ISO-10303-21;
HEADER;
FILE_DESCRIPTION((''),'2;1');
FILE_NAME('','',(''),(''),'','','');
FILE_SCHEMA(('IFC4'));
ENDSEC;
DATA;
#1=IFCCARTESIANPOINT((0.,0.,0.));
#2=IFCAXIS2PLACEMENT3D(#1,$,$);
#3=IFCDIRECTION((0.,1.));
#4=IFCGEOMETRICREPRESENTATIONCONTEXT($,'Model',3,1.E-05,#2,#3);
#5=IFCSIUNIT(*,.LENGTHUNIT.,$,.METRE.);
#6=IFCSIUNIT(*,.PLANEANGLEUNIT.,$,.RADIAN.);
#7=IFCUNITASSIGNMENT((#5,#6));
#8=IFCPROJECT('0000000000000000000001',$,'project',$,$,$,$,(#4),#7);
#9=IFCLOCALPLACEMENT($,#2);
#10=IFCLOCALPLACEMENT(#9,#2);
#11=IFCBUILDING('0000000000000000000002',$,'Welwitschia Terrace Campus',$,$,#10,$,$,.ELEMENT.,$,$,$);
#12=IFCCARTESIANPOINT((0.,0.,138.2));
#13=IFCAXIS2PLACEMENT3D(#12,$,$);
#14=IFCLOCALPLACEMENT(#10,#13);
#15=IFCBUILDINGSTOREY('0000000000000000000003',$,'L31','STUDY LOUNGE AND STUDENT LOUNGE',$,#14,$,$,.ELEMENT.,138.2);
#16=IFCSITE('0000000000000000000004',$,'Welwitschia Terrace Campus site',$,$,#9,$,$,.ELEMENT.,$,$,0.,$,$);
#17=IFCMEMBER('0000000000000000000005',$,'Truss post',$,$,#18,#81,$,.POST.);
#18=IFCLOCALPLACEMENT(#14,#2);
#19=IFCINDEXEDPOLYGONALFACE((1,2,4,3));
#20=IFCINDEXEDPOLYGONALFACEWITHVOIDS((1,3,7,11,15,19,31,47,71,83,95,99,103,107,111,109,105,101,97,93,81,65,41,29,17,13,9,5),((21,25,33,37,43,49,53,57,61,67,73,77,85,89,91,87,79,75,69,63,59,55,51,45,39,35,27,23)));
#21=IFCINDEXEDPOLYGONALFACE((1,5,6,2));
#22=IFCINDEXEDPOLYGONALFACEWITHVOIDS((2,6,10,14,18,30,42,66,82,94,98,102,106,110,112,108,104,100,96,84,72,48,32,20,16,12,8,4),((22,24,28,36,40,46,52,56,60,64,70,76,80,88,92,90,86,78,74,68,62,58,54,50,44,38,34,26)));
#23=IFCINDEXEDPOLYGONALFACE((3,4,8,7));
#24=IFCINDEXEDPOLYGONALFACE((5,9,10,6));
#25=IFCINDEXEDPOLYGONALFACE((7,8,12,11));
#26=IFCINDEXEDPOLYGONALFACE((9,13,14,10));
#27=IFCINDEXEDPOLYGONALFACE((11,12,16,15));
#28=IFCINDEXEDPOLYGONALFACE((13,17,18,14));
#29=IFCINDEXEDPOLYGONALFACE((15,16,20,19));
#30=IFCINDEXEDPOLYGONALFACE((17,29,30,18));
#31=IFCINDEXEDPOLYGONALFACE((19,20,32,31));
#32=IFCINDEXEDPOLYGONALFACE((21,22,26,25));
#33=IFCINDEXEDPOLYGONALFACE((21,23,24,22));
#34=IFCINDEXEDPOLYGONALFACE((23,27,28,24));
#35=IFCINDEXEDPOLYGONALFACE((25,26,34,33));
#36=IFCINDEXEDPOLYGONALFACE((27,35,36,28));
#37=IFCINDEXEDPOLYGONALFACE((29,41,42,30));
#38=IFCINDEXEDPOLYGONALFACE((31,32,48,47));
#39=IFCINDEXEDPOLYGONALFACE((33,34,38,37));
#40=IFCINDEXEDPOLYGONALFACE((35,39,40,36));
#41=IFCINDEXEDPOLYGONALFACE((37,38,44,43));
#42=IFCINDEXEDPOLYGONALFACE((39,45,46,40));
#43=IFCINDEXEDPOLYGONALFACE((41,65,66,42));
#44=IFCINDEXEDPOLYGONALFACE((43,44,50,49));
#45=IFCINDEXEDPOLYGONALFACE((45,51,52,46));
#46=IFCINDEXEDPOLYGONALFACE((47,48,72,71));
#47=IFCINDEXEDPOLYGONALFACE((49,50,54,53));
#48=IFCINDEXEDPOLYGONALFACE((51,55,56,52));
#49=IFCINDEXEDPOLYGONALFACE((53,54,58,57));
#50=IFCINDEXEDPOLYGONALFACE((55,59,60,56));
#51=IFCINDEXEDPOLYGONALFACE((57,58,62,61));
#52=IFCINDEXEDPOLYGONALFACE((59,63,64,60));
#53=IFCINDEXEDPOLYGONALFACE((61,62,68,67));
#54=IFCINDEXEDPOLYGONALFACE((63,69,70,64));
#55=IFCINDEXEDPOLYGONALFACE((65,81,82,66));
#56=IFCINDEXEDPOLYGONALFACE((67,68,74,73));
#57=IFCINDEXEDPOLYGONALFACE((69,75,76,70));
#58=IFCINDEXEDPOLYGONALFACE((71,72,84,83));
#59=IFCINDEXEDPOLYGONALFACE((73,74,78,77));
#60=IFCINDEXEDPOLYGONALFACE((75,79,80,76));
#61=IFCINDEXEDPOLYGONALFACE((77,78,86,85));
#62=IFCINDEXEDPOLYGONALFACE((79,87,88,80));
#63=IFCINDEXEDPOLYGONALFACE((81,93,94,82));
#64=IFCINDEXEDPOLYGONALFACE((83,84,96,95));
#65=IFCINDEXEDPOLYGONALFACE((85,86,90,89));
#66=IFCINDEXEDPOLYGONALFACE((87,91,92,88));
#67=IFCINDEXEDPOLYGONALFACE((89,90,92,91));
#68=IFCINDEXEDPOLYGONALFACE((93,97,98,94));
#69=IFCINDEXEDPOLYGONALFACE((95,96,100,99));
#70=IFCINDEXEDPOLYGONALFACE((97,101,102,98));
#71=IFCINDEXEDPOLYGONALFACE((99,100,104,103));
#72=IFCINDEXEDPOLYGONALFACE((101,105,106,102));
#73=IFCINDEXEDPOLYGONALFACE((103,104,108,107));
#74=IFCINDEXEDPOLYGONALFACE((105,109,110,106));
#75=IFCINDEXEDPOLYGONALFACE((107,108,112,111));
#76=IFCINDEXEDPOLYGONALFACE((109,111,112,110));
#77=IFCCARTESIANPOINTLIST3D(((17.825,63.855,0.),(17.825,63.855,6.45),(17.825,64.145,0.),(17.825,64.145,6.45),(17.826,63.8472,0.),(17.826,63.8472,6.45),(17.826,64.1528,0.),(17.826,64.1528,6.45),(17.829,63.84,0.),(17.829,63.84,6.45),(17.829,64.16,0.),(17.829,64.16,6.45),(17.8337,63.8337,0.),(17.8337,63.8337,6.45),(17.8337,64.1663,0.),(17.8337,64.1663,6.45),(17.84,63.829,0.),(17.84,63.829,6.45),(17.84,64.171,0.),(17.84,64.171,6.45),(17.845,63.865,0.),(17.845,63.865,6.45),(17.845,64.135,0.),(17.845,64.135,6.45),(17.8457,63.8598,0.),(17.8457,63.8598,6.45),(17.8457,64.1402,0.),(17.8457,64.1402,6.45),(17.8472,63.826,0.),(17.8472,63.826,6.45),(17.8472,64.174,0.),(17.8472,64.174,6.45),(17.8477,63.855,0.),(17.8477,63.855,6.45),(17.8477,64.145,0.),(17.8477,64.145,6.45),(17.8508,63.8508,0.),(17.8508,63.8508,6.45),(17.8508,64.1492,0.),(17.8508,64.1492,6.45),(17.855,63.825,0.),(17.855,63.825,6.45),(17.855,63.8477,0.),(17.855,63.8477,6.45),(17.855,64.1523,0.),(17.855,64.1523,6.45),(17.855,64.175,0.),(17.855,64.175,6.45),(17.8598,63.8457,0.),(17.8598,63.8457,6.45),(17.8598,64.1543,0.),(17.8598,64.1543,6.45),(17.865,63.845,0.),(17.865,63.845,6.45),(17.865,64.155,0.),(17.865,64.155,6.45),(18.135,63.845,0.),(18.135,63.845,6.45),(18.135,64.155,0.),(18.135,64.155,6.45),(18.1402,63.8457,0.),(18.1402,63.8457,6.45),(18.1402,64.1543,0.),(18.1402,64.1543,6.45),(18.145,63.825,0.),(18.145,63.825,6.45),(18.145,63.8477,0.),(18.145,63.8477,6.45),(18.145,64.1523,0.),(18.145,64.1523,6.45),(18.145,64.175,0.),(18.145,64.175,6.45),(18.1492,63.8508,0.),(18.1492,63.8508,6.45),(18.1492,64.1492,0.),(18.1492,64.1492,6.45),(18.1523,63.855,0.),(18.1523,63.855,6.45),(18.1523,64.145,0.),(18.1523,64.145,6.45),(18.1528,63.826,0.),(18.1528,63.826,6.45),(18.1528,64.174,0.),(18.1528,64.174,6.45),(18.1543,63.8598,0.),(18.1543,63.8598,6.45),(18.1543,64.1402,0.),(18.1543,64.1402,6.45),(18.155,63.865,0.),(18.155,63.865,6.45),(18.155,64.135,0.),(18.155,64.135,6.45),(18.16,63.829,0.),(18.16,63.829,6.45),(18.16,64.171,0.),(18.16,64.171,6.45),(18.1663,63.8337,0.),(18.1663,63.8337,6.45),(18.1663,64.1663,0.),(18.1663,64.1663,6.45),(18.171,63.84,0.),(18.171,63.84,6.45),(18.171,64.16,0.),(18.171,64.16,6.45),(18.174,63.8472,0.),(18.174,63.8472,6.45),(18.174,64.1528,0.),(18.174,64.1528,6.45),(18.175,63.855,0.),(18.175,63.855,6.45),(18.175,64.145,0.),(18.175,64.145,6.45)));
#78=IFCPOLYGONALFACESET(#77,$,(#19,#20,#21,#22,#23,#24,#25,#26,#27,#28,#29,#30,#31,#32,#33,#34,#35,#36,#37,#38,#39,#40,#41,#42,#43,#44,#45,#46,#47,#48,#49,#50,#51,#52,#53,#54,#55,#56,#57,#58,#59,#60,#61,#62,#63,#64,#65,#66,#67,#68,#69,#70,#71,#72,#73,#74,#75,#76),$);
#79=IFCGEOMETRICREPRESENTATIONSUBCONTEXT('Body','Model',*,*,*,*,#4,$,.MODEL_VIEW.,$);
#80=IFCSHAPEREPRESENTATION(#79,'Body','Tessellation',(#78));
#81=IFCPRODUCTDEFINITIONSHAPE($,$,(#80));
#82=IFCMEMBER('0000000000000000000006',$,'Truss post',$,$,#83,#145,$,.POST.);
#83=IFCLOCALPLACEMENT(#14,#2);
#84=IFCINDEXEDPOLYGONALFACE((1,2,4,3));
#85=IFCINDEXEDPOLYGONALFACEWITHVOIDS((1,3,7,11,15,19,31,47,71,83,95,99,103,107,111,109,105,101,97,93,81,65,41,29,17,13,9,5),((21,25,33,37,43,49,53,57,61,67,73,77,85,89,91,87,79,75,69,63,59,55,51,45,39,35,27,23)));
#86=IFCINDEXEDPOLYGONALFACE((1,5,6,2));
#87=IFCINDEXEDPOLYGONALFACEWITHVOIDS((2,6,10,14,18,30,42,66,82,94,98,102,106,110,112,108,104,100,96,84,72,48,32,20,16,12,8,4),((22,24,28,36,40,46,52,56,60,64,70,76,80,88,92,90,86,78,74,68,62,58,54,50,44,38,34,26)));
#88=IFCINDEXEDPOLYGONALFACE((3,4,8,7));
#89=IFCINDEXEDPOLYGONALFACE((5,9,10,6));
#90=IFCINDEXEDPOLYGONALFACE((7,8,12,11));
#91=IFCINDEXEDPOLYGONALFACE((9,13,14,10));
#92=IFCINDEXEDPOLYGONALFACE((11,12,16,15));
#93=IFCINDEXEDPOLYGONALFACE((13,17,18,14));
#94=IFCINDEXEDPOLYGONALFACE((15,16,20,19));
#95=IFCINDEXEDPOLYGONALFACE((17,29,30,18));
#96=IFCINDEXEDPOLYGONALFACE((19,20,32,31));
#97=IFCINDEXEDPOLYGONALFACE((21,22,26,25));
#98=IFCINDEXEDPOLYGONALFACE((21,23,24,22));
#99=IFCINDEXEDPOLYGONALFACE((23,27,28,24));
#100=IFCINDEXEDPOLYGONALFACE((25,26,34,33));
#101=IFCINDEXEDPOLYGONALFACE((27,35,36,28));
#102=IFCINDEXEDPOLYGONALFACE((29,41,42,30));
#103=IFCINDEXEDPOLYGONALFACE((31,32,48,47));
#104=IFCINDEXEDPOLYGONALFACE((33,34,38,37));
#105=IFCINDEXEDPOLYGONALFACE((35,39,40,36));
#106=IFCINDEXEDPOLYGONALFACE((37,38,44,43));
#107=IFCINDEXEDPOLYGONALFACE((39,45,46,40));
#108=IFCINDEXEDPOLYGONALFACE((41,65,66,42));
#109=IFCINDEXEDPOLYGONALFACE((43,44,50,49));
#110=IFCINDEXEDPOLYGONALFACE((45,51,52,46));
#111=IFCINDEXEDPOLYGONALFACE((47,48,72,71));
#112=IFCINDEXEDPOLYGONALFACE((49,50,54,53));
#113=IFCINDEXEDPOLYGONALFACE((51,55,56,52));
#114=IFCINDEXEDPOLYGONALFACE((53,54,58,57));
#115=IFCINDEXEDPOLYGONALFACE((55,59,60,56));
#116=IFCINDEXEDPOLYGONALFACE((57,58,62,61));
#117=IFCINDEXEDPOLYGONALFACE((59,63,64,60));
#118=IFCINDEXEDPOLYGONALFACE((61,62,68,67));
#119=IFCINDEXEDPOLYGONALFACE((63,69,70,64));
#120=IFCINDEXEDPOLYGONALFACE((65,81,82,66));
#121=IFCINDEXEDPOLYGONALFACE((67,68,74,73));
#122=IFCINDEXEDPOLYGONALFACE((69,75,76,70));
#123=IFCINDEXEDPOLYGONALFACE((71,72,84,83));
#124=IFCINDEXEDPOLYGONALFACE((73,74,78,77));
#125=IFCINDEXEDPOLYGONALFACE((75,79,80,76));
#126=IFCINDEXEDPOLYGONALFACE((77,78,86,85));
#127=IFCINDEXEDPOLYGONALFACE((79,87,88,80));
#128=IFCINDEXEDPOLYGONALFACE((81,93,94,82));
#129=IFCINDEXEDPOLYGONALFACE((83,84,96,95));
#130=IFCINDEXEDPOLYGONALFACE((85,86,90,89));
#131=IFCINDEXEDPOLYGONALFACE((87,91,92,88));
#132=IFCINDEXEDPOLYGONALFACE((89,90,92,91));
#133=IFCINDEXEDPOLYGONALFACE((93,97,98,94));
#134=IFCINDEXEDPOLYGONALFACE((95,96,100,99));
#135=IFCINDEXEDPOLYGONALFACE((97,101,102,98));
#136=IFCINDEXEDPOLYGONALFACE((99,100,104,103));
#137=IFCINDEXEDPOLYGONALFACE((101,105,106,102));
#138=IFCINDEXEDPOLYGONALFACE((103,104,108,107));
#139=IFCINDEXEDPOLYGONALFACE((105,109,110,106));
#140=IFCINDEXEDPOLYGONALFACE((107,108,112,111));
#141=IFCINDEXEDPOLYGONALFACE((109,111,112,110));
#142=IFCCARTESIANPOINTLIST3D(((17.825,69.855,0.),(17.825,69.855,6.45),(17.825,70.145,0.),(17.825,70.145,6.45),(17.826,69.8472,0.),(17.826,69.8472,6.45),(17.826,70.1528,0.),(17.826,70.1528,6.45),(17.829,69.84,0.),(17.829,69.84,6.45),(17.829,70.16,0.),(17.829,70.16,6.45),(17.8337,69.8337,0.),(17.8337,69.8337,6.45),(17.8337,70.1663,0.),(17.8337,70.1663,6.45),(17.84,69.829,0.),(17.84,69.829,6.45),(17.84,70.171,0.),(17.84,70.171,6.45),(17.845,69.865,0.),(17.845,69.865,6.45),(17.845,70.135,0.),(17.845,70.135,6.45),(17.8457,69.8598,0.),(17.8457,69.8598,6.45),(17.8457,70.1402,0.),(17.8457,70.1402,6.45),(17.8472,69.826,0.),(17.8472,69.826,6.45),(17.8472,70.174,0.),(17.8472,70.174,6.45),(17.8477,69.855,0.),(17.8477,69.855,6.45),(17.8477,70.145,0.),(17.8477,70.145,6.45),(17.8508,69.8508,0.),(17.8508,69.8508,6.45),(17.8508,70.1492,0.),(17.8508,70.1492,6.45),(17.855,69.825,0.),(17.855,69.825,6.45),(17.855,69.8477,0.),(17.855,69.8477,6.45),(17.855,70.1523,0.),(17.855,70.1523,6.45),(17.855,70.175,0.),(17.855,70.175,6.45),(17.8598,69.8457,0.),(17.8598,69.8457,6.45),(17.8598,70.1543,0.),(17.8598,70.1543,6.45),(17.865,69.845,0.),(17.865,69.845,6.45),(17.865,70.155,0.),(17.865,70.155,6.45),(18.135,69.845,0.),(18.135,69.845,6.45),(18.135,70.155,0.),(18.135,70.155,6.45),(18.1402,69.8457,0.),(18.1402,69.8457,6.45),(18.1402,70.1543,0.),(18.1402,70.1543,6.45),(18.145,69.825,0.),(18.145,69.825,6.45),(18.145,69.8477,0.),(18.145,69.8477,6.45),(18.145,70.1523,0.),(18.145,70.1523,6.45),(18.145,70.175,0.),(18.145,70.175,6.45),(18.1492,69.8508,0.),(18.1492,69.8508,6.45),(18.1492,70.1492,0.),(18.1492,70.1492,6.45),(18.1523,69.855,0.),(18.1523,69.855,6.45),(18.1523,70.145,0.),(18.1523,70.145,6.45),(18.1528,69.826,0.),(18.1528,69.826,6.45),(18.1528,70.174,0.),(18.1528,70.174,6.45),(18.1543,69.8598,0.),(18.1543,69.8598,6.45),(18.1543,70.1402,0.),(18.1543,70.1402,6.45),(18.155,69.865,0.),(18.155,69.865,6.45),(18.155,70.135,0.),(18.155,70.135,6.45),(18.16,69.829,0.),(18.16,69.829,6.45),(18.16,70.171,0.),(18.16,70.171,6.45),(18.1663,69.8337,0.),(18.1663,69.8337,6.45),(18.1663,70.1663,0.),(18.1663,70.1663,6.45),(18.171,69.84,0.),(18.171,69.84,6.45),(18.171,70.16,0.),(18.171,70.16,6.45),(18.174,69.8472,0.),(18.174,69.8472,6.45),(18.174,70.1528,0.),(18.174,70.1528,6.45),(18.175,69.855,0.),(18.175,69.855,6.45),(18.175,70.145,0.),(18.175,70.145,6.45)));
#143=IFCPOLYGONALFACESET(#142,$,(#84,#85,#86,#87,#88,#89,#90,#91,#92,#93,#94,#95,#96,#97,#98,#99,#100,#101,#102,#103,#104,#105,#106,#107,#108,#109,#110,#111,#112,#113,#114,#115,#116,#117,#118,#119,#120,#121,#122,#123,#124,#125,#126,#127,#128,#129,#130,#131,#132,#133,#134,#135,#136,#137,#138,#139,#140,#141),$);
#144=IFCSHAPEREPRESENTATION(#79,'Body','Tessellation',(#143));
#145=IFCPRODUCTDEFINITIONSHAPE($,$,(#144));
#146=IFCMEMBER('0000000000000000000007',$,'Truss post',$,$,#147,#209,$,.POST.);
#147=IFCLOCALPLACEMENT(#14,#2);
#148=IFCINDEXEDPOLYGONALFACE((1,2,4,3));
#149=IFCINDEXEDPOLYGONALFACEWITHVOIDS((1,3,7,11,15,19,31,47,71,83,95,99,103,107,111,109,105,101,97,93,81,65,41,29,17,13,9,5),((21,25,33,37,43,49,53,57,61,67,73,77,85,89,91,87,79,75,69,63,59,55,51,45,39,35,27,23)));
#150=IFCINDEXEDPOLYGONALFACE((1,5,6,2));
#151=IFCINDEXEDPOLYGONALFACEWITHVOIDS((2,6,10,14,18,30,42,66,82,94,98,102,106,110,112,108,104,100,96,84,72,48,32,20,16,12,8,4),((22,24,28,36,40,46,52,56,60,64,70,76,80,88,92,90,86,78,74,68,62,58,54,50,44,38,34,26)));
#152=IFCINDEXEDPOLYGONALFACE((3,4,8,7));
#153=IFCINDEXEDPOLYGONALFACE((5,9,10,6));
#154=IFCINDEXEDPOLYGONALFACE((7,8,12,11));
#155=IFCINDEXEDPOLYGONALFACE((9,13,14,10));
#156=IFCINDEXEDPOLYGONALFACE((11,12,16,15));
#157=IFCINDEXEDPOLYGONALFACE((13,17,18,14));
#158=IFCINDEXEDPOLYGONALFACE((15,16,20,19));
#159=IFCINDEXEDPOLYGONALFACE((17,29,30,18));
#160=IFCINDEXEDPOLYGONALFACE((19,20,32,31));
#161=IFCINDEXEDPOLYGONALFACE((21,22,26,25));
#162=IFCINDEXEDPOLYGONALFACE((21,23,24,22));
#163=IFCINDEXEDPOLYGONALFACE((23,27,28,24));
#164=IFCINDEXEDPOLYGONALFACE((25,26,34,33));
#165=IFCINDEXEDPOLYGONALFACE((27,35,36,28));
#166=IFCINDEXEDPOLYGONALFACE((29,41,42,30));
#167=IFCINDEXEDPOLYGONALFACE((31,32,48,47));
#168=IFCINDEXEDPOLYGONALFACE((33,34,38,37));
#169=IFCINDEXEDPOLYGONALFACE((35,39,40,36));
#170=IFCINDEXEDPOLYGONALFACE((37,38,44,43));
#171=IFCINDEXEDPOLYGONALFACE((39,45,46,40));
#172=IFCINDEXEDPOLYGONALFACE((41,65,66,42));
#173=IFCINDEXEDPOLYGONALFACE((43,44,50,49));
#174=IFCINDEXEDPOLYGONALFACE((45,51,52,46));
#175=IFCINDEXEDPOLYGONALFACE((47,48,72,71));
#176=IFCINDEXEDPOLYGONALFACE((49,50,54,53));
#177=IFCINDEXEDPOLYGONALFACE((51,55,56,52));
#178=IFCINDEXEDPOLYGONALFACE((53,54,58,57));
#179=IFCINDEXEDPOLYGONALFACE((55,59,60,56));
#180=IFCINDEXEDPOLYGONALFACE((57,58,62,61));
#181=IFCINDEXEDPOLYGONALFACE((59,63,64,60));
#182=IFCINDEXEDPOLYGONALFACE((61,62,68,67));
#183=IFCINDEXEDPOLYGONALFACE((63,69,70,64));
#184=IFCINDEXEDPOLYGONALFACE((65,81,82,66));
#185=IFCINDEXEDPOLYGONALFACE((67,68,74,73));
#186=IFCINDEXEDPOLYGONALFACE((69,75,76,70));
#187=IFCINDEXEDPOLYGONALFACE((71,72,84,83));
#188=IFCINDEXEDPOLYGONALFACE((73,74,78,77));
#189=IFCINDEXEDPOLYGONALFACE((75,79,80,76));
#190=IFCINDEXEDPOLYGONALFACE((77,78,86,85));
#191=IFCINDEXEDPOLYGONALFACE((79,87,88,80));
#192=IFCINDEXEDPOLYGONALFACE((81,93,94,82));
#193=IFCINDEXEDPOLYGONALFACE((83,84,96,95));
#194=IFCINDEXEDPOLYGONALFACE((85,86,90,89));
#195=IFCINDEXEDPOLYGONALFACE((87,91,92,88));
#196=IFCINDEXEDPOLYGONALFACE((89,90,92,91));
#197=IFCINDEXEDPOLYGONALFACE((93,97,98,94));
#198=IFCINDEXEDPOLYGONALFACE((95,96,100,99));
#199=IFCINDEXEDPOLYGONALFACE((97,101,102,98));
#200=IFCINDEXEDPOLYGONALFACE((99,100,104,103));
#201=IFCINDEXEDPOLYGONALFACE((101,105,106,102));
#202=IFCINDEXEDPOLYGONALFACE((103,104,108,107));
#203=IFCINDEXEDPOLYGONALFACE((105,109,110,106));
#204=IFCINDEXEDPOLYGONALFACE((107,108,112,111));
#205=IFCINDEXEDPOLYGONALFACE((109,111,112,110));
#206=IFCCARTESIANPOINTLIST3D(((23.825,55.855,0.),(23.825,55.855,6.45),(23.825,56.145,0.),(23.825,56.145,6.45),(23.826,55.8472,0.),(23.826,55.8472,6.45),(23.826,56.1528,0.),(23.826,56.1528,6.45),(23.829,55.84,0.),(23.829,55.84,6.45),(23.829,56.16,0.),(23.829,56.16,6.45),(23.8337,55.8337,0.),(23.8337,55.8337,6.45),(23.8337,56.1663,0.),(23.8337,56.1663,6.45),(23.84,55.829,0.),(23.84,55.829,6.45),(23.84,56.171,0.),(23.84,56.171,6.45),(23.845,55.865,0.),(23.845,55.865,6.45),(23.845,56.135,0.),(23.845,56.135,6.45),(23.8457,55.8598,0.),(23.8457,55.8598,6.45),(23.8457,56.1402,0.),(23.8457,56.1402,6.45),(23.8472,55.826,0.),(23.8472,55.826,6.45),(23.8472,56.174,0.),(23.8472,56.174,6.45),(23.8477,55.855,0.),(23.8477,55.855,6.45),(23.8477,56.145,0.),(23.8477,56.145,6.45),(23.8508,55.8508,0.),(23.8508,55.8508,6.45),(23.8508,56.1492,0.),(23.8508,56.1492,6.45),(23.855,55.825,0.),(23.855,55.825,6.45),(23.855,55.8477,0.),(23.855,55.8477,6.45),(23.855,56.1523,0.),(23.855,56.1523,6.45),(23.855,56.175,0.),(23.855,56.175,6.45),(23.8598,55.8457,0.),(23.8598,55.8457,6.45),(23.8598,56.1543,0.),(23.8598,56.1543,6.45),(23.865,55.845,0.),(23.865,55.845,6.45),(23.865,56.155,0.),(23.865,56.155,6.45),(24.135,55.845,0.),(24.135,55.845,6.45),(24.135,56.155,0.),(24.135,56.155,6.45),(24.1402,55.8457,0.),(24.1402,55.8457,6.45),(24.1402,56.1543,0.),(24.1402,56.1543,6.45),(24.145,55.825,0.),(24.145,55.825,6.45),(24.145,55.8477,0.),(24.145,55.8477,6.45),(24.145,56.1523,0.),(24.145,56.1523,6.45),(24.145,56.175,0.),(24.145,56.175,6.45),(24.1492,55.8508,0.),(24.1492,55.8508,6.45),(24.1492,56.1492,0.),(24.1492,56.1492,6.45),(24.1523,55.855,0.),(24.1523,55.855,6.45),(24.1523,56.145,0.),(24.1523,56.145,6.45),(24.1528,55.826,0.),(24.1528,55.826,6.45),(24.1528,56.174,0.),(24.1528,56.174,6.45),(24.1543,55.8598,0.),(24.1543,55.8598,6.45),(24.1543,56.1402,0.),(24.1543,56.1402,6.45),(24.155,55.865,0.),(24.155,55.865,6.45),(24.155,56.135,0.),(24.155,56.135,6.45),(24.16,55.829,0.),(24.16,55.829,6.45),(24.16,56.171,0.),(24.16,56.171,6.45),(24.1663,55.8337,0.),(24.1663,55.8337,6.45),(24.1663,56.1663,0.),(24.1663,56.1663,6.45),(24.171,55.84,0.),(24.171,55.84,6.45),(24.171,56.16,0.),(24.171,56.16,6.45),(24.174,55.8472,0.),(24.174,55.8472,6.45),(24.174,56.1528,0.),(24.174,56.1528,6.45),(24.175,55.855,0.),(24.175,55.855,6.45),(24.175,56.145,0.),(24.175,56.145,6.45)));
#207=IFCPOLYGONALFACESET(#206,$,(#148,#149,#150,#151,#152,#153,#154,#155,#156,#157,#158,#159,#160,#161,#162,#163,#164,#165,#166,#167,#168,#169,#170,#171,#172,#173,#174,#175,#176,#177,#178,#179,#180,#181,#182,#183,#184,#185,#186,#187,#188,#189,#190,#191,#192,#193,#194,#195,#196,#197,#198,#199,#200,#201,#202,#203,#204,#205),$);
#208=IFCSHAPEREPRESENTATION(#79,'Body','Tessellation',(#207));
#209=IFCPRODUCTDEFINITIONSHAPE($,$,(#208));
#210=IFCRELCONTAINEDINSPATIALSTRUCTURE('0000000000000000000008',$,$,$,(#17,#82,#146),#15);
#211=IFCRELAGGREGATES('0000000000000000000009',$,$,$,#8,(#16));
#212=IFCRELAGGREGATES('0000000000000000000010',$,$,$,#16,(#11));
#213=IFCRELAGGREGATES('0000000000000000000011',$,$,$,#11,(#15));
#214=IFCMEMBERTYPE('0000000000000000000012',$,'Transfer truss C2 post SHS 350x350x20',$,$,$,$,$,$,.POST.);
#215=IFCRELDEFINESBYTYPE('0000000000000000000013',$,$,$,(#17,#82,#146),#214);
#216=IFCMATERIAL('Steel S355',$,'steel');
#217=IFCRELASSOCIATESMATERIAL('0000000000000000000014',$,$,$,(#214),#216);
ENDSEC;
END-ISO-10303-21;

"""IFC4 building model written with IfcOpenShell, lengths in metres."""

from ifc_helpers import new_model, si_unit, direction, frame, origin, origin_2d, place, context, subcontext, project, spatial, hollow_rectangle, extrude, material, material_profile, profile_set, type_object, element, save


model = new_model("IFC4")

# Units and contexts
model_context = context("Model", 3, precision=1e-05, world=origin(), true_north=direction((0.0, 1.0)))
body_context = subcontext(model_context, "Body", "Model", "MODEL_VIEW")
ifc_project = project(units=[si_unit("LENGTHUNIT", "METRE"), si_unit("PLANEANGLEUNIT", "RADIAN")], contexts=[model_context])

# Site, building, storey
site_placement = place(None, origin())
site = spatial("IfcSite", under=ifc_project, at=site_placement, Name="Welwitschia Terrace Campus site", CompositionType="ELEMENT", RefElevation=0.0)
building_placement = place(site_placement, origin())
building = spatial("IfcBuilding", under=site, at=building_placement, Name="Welwitschia Terrace Campus", CompositionType="ELEMENT")
storey_placement = place(building_placement, frame((0.0, 0.0, 138.2)))
storey = spatial("IfcBuildingStorey", under=building, at=storey_placement, Name="L31", Description="STUDY LOUNGE AND STUDENT LOUNGE", CompositionType="ELEMENT", Elevation=138.2)

# Members
ifc_material_1 = material(Name="Steel S355", Category="steel")
ifc_material_profile_1 = material_profile(ifc_material_1, hollow_rectangle(XDim=0.3501, YDim=0.3501, WallThickness=0.02, InnerFilletRadius=0.02, OuterFilletRadius=0.03, at=origin_2d()))
ifc_profile_set_1 = profile_set([ifc_material_profile_1], Name="Steel S355")
member_type_1 = type_object("IfcMemberType", Name="Transfer truss C2 post SHS 350x350x20", PredefinedType="POST", material=ifc_profile_set_1)
for number, where, z_axis, x_axis, name in (
    (1, (18.0, 64.0, 0.0), (0.0, 0.0, 1.0), (1.0, 0.0, 0.0), "Truss post"),
    (2, (18.0, 70.0, 0.0), (0.0, 0.0, 1.0), (1.0, 0.0, 0.0), "Truss post"),
    (3, (24.0, 56.0, 0.0), (0.0, 0.0, 1.0), (1.0, 0.0, 0.0), "Truss post"),
):
    element("IfcMember", number, at=place(storey_placement, frame(where, z_axis=z_axis, x_axis=x_axis)), inside=storey, type_object=member_type_1, Name=name, PredefinedType="POST", context=body_context, shape_type="SweptSolid", body=[
        extrude(hollow_rectangle(XDim=0.3501, YDim=0.3501, WallThickness=0.02, InnerFilletRadius=0.02, OuterFilletRadius=0.03, at=origin_2d()), origin(), (0.0, 0.0, 1.0), 6.45),
    ])

save(model, "model.ifc")
